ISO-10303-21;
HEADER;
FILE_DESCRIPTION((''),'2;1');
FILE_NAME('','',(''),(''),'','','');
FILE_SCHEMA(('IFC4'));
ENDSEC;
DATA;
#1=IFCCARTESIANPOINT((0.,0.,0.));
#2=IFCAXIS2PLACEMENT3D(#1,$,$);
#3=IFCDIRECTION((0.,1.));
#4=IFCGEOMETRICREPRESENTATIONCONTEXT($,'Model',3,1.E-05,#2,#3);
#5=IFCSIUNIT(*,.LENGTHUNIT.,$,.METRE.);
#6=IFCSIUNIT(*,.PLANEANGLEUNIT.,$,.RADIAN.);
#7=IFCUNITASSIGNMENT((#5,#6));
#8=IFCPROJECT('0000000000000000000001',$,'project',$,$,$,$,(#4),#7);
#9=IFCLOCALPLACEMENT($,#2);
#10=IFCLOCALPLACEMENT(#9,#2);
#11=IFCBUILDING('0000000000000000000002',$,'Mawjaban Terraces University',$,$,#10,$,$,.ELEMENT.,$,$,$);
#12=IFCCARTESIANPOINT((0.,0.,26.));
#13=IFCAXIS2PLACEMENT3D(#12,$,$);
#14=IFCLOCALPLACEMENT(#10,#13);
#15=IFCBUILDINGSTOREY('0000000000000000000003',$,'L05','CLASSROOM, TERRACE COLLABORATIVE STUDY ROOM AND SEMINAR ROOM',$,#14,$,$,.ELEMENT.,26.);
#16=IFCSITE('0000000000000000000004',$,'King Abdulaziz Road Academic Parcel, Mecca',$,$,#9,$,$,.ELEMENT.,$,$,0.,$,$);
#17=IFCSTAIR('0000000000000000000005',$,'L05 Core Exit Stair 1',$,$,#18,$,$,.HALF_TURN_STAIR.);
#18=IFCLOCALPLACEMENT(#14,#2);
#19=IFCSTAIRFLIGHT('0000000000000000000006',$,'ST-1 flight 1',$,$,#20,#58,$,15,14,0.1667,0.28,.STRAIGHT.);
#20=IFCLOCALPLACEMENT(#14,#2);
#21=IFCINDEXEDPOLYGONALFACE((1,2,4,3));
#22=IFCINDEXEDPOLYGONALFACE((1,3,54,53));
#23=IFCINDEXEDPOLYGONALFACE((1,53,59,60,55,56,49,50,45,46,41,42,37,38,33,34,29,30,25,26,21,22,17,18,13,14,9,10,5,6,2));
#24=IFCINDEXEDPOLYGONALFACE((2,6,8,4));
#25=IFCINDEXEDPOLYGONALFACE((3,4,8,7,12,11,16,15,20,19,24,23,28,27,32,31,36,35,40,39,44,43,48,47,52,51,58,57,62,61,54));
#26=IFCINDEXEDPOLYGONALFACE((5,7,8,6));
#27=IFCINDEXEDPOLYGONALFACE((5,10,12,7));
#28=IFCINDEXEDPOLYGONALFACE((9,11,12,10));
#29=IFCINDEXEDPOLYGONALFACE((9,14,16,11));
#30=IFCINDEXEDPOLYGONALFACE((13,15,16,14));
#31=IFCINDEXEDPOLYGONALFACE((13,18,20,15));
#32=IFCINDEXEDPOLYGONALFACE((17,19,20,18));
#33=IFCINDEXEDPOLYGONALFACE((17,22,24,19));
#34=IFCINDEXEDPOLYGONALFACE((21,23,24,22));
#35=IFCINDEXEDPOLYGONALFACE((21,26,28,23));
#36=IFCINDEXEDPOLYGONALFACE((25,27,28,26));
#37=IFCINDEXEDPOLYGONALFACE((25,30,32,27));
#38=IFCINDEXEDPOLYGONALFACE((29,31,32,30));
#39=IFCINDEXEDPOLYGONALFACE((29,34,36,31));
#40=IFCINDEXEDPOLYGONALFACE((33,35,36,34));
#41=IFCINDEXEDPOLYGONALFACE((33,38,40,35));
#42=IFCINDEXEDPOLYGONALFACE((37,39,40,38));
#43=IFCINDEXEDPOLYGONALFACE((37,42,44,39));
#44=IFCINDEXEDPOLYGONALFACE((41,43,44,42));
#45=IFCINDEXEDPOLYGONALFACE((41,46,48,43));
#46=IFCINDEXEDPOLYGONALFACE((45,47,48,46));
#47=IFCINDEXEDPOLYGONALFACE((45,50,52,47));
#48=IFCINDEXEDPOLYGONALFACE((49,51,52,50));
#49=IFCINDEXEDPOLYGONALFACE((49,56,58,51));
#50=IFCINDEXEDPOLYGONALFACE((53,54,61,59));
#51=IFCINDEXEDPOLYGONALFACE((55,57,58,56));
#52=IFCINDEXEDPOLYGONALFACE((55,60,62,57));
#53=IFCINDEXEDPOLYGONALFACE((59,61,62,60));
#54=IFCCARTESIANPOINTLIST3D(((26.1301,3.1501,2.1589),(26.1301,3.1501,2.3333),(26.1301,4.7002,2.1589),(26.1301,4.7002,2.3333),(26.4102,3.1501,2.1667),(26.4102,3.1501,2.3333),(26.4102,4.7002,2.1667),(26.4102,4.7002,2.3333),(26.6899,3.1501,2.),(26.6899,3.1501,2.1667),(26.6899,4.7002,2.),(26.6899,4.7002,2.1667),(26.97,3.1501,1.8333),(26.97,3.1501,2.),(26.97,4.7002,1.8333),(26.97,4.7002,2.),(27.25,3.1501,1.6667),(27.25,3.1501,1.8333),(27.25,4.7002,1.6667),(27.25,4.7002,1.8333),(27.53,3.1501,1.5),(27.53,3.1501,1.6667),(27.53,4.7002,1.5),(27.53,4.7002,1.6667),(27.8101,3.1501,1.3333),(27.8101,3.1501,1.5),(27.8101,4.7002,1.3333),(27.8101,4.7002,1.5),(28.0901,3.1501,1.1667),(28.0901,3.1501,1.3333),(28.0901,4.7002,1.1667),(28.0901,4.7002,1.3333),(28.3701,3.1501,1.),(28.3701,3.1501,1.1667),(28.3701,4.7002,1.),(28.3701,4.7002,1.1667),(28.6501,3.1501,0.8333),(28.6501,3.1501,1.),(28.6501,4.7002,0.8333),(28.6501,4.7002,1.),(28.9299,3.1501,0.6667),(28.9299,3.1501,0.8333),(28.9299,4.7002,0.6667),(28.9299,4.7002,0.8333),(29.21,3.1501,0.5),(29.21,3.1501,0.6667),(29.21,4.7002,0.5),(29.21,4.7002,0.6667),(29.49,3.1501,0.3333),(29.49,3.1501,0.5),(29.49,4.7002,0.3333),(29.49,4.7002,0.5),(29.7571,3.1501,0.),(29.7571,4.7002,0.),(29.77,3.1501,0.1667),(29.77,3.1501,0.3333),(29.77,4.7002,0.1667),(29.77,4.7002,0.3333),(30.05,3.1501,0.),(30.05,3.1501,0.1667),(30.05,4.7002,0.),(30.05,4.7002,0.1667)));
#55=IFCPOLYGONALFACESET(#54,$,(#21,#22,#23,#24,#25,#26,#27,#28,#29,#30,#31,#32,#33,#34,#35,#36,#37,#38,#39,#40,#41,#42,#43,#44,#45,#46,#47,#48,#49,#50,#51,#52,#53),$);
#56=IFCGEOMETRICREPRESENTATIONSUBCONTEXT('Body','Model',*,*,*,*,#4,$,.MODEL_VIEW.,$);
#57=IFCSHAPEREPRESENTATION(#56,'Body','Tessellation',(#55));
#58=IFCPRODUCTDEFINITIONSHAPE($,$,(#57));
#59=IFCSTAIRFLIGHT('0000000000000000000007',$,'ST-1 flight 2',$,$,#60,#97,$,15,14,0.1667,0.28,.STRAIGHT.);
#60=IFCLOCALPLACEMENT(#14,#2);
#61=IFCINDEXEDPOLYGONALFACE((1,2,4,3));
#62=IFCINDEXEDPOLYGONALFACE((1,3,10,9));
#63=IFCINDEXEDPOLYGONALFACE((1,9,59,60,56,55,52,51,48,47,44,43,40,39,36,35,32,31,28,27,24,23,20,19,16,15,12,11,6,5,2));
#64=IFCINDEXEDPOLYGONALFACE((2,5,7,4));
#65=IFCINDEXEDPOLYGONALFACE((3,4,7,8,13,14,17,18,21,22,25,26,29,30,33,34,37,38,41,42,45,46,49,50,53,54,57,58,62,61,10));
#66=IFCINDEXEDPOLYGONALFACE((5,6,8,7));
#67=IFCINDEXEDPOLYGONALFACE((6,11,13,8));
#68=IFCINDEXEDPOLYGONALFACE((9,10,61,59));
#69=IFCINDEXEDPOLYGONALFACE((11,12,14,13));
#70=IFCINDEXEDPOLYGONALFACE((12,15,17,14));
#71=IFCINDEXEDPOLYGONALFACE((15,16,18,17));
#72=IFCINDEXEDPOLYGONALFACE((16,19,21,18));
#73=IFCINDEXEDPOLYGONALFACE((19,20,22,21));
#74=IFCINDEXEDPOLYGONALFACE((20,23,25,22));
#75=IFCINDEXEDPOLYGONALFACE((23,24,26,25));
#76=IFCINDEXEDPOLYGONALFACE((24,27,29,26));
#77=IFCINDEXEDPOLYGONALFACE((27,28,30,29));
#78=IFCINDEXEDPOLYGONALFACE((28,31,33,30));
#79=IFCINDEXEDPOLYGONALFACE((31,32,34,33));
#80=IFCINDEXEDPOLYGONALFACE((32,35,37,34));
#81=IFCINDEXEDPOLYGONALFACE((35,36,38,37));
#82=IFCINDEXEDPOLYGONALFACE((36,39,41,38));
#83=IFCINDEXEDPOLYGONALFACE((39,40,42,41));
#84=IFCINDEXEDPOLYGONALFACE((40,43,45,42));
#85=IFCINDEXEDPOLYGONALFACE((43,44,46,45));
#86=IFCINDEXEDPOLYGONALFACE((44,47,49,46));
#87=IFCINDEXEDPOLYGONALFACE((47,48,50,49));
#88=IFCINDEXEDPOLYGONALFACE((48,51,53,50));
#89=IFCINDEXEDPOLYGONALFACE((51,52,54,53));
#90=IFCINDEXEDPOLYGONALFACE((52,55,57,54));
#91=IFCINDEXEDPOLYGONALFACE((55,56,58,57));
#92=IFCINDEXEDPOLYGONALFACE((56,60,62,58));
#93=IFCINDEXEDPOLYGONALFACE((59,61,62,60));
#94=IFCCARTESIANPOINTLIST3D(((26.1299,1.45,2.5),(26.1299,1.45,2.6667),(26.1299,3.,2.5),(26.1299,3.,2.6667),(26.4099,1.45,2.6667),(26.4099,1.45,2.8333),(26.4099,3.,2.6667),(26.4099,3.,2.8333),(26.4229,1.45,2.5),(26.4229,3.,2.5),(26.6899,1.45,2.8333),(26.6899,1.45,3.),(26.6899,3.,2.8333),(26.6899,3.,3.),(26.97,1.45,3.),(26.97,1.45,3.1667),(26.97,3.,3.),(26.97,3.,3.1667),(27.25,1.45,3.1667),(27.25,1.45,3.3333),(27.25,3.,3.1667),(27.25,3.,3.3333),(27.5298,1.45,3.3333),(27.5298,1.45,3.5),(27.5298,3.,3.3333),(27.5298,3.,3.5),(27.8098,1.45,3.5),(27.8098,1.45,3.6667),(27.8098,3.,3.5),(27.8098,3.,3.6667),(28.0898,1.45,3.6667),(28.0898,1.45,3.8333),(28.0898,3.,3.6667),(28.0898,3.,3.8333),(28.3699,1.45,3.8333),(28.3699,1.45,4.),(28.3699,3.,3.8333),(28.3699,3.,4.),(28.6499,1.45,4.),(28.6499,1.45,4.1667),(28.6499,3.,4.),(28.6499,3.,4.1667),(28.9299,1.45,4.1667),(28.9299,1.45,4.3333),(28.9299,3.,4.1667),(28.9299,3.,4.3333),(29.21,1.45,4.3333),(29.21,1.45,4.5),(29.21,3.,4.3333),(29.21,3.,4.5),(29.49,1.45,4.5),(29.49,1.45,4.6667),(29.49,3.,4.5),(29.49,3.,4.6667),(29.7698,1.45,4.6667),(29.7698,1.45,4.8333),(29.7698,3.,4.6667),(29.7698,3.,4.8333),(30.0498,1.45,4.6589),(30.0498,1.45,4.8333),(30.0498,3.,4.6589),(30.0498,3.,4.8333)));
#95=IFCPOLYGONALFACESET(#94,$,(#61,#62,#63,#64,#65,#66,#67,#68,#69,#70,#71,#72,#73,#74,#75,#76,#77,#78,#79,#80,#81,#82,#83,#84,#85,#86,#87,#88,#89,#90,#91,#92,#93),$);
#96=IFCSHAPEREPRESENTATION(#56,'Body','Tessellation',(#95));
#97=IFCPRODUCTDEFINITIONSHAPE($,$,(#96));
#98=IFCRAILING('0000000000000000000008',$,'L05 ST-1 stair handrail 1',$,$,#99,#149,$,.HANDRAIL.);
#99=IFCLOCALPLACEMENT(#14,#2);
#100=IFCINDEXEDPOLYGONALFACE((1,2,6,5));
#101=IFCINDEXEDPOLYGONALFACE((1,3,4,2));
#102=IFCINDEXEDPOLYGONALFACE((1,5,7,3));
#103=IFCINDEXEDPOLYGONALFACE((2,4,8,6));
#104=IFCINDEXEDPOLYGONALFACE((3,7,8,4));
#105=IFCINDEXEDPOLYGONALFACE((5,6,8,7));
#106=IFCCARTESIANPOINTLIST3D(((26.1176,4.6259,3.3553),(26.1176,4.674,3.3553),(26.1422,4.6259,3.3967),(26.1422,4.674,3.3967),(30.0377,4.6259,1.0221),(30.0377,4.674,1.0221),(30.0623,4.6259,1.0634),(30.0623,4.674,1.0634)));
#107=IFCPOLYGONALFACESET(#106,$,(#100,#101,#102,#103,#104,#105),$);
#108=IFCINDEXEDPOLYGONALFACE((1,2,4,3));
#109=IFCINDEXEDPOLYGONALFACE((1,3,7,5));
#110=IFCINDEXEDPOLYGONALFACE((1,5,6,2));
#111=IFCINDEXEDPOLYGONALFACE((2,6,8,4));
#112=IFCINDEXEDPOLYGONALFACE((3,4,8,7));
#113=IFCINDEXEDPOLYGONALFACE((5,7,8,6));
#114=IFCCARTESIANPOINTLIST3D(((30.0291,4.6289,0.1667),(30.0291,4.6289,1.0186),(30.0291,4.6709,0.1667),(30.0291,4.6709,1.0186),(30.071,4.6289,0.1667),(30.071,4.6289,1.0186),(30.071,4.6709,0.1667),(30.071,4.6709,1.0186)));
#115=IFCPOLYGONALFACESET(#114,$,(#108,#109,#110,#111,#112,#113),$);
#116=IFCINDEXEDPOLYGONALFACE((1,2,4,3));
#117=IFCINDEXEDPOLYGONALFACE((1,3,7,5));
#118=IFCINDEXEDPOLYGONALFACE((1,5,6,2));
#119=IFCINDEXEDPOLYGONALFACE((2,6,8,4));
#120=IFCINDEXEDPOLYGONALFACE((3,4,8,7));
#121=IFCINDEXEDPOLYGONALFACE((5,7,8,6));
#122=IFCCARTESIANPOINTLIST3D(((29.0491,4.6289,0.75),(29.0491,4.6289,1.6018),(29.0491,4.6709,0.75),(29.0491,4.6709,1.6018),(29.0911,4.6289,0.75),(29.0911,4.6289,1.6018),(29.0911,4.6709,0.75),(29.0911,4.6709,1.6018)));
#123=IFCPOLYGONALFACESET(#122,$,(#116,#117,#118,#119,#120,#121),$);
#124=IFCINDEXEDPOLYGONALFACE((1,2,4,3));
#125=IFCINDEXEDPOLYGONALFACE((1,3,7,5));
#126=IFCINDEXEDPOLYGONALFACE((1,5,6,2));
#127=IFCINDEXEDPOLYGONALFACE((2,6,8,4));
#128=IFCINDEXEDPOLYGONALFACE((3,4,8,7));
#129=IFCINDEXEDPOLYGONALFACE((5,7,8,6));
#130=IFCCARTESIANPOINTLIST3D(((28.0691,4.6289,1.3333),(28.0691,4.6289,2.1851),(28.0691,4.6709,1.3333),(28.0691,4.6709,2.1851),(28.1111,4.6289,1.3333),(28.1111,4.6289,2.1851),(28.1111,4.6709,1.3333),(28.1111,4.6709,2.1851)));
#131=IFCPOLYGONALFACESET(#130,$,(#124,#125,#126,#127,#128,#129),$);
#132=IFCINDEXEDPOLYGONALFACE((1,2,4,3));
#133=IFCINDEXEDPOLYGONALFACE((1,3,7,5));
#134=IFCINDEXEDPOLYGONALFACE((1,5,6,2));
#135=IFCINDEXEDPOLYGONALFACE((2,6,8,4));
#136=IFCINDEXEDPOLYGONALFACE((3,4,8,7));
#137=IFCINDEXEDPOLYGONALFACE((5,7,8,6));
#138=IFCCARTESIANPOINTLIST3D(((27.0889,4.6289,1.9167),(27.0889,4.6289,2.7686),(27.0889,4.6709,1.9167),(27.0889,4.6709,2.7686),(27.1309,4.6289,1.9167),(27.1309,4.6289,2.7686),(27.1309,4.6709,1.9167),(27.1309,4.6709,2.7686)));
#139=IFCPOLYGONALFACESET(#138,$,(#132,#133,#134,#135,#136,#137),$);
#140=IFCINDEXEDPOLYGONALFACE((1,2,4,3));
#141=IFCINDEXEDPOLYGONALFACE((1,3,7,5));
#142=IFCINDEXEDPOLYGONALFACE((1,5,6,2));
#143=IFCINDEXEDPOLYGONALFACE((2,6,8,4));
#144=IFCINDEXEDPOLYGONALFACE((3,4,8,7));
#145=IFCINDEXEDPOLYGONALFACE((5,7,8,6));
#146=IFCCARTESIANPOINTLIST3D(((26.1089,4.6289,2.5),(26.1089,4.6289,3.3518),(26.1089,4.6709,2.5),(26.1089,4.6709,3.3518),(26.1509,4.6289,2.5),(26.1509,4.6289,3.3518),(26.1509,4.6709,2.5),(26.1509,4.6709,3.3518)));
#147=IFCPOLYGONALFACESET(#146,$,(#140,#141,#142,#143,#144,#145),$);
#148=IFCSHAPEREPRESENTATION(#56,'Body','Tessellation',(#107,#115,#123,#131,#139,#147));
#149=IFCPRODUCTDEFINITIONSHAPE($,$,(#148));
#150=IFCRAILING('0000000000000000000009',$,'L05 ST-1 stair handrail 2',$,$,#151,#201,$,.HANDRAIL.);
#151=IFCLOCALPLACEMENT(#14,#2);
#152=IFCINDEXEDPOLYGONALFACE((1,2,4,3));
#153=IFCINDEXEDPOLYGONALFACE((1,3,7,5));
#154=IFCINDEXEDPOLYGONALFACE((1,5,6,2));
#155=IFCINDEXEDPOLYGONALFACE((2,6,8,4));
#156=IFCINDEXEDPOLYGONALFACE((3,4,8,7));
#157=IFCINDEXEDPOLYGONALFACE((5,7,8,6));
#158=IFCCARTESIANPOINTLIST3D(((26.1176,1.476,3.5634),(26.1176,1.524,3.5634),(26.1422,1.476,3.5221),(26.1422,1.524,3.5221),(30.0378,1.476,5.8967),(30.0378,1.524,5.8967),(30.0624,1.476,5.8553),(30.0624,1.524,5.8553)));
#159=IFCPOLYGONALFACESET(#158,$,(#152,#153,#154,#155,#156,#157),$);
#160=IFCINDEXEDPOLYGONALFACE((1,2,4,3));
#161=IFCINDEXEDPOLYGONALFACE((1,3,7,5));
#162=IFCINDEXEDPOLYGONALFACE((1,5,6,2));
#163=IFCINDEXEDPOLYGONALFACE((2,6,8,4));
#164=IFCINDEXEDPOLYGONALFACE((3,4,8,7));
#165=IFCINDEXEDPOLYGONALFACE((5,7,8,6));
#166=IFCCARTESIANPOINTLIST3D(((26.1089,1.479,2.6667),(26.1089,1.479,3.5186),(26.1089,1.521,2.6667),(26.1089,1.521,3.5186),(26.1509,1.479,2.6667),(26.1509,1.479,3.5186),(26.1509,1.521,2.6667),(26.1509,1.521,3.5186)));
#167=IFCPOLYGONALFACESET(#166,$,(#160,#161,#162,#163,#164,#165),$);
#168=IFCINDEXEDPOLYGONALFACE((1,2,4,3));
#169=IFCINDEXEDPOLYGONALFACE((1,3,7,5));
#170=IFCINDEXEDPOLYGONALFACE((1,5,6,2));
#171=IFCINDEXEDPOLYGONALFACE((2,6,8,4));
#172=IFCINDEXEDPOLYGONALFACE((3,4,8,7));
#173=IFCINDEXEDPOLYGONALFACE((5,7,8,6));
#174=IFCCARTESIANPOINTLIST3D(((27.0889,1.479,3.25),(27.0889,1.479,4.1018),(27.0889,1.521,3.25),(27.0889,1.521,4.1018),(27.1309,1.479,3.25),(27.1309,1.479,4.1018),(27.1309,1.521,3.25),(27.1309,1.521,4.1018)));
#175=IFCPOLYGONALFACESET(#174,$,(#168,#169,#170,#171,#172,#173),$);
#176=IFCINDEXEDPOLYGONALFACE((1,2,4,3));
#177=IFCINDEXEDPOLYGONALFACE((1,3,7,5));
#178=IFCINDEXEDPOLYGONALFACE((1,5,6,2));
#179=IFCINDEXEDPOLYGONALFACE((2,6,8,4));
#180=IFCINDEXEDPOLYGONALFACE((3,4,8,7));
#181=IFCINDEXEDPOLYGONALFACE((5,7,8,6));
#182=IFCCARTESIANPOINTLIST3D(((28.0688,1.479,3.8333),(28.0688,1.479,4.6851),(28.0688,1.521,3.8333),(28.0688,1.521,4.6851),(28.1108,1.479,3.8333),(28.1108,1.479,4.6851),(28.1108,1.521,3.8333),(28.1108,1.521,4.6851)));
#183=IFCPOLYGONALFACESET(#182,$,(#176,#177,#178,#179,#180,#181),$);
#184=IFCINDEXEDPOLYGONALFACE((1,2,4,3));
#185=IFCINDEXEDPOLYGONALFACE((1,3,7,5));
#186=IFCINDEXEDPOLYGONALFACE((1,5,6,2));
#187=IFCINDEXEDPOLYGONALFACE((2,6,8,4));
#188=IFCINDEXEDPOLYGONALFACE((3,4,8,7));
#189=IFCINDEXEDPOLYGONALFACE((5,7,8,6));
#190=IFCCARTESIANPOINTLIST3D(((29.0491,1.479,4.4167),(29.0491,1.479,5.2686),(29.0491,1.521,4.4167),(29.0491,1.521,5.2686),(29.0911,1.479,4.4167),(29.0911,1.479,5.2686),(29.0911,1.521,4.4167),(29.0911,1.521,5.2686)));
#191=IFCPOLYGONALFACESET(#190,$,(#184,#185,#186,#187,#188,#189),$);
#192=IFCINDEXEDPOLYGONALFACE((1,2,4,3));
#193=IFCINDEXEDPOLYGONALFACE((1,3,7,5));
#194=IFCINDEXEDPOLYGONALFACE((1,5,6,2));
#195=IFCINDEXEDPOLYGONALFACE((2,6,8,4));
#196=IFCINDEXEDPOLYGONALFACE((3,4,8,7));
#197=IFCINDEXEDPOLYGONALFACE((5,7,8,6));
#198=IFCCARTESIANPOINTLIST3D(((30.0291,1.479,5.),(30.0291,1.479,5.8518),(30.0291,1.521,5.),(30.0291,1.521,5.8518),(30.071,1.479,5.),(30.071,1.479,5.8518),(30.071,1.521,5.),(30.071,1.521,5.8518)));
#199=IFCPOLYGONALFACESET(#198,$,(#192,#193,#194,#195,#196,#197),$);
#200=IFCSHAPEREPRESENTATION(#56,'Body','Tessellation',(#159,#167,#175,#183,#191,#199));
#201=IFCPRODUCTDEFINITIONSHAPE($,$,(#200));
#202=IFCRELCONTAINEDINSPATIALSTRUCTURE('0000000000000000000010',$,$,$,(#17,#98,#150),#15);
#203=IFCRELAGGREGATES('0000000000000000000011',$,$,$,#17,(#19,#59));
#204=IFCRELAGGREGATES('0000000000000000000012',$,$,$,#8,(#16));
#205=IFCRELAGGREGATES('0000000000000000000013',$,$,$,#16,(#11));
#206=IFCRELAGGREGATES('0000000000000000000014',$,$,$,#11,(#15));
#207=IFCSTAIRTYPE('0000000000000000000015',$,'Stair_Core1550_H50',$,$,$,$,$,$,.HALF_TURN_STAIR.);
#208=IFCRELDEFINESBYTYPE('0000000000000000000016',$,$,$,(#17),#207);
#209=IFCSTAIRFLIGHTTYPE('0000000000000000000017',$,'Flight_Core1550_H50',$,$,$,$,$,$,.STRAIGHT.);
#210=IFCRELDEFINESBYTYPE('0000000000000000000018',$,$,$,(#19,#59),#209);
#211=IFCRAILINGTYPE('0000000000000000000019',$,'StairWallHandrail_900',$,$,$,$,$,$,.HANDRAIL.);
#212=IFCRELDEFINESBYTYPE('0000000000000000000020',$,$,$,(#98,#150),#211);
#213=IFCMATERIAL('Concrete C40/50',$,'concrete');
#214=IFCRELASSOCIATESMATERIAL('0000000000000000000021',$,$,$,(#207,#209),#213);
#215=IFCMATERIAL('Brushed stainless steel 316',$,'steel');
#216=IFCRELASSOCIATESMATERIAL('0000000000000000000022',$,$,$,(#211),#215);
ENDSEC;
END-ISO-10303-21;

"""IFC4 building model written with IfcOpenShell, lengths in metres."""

from ifc_helpers import new_model, si_unit, direction, frame, origin, origin_2d, place, context, subcontext, project, spatial, polyline, rectangle, outline, extrude, material, type_object, element, aggregate, save


model = new_model("IFC4")

# Units and contexts
model_context = context("Model", 3, precision=1e-05, world=origin(), true_north=direction((0.0, 1.0)))
body_context = subcontext(model_context, "Body", "Model", "MODEL_VIEW")
ifc_project = project(units=[si_unit("LENGTHUNIT", "METRE"), si_unit("PLANEANGLEUNIT", "RADIAN")], contexts=[model_context])

# Site, building, storey
site_placement = place(None, origin())
site = spatial("IfcSite", under=ifc_project, at=site_placement, Name="King Abdulaziz Road Academic Parcel, Mecca", CompositionType="ELEMENT", RefElevation=0.0)
building_placement = place(site_placement, origin())
building = spatial("IfcBuilding", under=site, at=building_placement, Name="Mawjaban Terraces University", CompositionType="ELEMENT")
storey_placement = place(building_placement, frame((0.0, 0.0, 26.0)))
storey = spatial("IfcBuildingStorey", under=building, at=storey_placement, Name="L05", Description="CLASSROOM, TERRACE COLLABORATIVE STUDY ROOM AND SEMINAR ROOM", CompositionType="ELEMENT", Elevation=26.0)

# Stair, stair flights
ifc_material_1 = material(Name="Concrete C40/50", Category="concrete")
stair_type = type_object("IfcStairType", Name="Stair_Core1550_H50", PredefinedType="HALF_TURN_STAIR", material=ifc_material_1)
stair_placement = place(storey_placement, origin())
stair = element("IfcStair", 1, at=stair_placement, inside=storey, type_object=stair_type, Name="L05 Core Exit Stair 1", PredefinedType="HALF_TURN_STAIR")
stair_flight_type = type_object("IfcStairFlightType", Name="Flight_Core1550_H50", PredefinedType="STRAIGHT", material=ifc_material_1)
stair_flight_1_placement = place(storey_placement, frame((30.05, 3.925, 0.0), z_axis=(0.0, 0.0, 1.0), x_axis=(-1.0, 0.0, 0.0)))
stair_flight_1 = element("IfcStairFlight", 2, at=stair_flight_1_placement, type_object=stair_flight_type, Name="ST-1 flight 1", NumberOfRisers=15, NumberOfTreads=14, PredefinedType="STRAIGHT", RiserHeight=0.1667, TreadLength=0.28, context=body_context, shape_type="SweptSolid", body=[
    extrude(outline(polyline([(0.0, 0.0), (0.0, 0.1667), (0.28, 0.1667), (0.28, 0.3333), (0.5601, 0.3333), (0.5601, 0.5), (0.8401, 0.5), (0.8401, 0.6667), (1.1201, 0.6667), (1.1201, 0.8333), (1.3999, 0.8333), (1.3999, 1.0), (1.6799, 1.0), (1.6799, 1.1667), (1.96, 1.1667), (1.96, 1.3333), (2.24, 1.3333), (2.24, 1.5), (2.52, 1.5), (2.52, 1.6667), (2.8, 1.6667), (2.8, 1.8333), (3.0801, 1.8333), (3.0801, 2.0), (3.3601, 2.0), (3.3601, 2.1667), (3.6399, 2.1667), (3.6399, 2.3333), (3.9199, 2.3333), (3.9199, 2.5), (3.9199, 2.1589), (0.293, 0.0), (0.0, 0.0)])), frame((0.0, 0.7749, 0.0), z_axis=(0.0, -1.0, 0.0), x_axis=(1.0, 0.0, 0.0)), (0.0, 0.0, 1.0), 1.55),
])
stair_flight_2_placement = place(storey_placement, frame((26.1299, 2.2251, 2.5), z_axis=(0.0, 0.0, 1.0), x_axis=(1.0, 0.0, 0.0)))
stair_flight_2 = element("IfcStairFlight", 3, at=stair_flight_2_placement, type_object=stair_flight_type, Name="ST-1 flight 2", NumberOfRisers=15, NumberOfTreads=14, PredefinedType="STRAIGHT", RiserHeight=0.1667, TreadLength=0.28, context=body_context, shape_type="SweptSolid", body=[
    extrude(outline(polyline([(0.0, 0.0), (0.0, 0.1667), (0.28, 0.1667), (0.28, 0.3333), (0.5601, 0.3333), (0.5601, 0.5), (0.8401, 0.5), (0.8401, 0.6667), (1.1201, 0.6667), (1.1201, 0.8333), (1.3999, 0.8333), (1.3999, 1.0), (1.6799, 1.0), (1.6799, 1.1667), (1.96, 1.1667), (1.96, 1.3333), (2.24, 1.3333), (2.24, 1.5), (2.52, 1.5), (2.52, 1.6667), (2.8, 1.6667), (2.8, 1.8333), (3.0801, 1.8333), (3.0801, 2.0), (3.3601, 2.0), (3.3601, 2.1667), (3.6399, 2.1667), (3.6399, 2.3333), (3.9199, 2.3333), (3.9199, 2.5), (3.9199, 2.1589), (0.293, 0.0), (0.0, 0.0)])), frame((0.0, 0.7749, 0.0), z_axis=(0.0, -1.0, 0.0), x_axis=(1.0, 0.0, 0.0)), (0.0, 0.0, 1.0), 1.55),
])
aggregate(stair, [stair_flight_1, stair_flight_2])

# Railings
ifc_material_2 = material(Name="Brushed stainless steel 316", Category="steel")
railing_type_1 = type_object("IfcRailingType", Name="StairWallHandrail_900", PredefinedType="HANDRAIL", material=ifc_material_2)
railing_1_placement = place(storey_placement, frame((30.05, 4.6499, 0.1667)))
element("IfcRailing", 4, at=railing_1_placement, inside=storey, type_object=railing_type_1, Name="L05 ST-1 stair handrail 1", PredefinedType="HANDRAIL", context=body_context, shape_type="SweptSolid", body=[
    extrude(rectangle(XDim=0.0481, YDim=0.0481, at=origin_2d()), frame((0.0, 0.0, 0.876), z_axis=(-0.85931, 0.0, 0.511455), x_axis=(0.0, -1.0, 0.0)), (0.0, 0.0, 1.0), 4.562),
    extrude(rectangle(XDim=0.042, YDim=0.042, at=origin_2d()), origin(), (0.0, 0.0, 1.0), 0.8518),
    extrude(rectangle(XDim=0.042, YDim=0.042, at=origin_2d()), frame((-0.98, 0.0, 0.5833)), (0.0, 0.0, 1.0), 0.8518),
    extrude(rectangle(XDim=0.042, YDim=0.042, at=origin_2d()), frame((-1.96, 0.0, 1.1665)), (0.0, 0.0, 1.0), 0.8518),
    extrude(rectangle(XDim=0.042, YDim=0.042, at=origin_2d()), frame((-2.9402, 0.0, 1.75)), (0.0, 0.0, 1.0), 0.8518),
    extrude(rectangle(XDim=0.042, YDim=0.042, at=origin_2d()), frame((-3.9202, 0.0, 2.3333)), (0.0, 0.0, 1.0), 0.8518),
])
railing_2_placement = place(storey_placement, frame((26.1299, 1.5, 2.6667)))
element("IfcRailing", 5, at=railing_2_placement, inside=storey, type_object=railing_type_1, Name="L05 ST-1 stair handrail 2", PredefinedType="HANDRAIL", context=body_context, shape_type="SweptSolid", body=[
    extrude(rectangle(XDim=0.0481, YDim=0.0481, at=origin_2d()), frame((0.0, 0.0, 0.876), z_axis=(0.85931, 0.0, 0.511455), x_axis=(0.0, 1.0, 0.0)), (0.0, 0.0, 1.0), 4.562),
    extrude(rectangle(XDim=0.042, YDim=0.042, at=origin_2d()), origin(), (0.0, 0.0, 1.0), 0.8518),
    extrude(rectangle(XDim=0.042, YDim=0.042, at=origin_2d()), frame((0.98, 0.0, 0.5833)), (0.0, 0.0, 1.0), 0.8518),
    extrude(rectangle(XDim=0.042, YDim=0.042, at=origin_2d()), frame((1.96, 0.0, 1.1665)), (0.0, 0.0, 1.0), 0.8518),
    extrude(rectangle(XDim=0.042, YDim=0.042, at=origin_2d()), frame((2.9402, 0.0, 1.75)), (0.0, 0.0, 1.0), 0.8518),
    extrude(rectangle(XDim=0.042, YDim=0.042, at=origin_2d()), frame((3.9202, 0.0, 2.3333)), (0.0, 0.0, 1.0), 0.8518),
])

save(model, "model.ifc")
